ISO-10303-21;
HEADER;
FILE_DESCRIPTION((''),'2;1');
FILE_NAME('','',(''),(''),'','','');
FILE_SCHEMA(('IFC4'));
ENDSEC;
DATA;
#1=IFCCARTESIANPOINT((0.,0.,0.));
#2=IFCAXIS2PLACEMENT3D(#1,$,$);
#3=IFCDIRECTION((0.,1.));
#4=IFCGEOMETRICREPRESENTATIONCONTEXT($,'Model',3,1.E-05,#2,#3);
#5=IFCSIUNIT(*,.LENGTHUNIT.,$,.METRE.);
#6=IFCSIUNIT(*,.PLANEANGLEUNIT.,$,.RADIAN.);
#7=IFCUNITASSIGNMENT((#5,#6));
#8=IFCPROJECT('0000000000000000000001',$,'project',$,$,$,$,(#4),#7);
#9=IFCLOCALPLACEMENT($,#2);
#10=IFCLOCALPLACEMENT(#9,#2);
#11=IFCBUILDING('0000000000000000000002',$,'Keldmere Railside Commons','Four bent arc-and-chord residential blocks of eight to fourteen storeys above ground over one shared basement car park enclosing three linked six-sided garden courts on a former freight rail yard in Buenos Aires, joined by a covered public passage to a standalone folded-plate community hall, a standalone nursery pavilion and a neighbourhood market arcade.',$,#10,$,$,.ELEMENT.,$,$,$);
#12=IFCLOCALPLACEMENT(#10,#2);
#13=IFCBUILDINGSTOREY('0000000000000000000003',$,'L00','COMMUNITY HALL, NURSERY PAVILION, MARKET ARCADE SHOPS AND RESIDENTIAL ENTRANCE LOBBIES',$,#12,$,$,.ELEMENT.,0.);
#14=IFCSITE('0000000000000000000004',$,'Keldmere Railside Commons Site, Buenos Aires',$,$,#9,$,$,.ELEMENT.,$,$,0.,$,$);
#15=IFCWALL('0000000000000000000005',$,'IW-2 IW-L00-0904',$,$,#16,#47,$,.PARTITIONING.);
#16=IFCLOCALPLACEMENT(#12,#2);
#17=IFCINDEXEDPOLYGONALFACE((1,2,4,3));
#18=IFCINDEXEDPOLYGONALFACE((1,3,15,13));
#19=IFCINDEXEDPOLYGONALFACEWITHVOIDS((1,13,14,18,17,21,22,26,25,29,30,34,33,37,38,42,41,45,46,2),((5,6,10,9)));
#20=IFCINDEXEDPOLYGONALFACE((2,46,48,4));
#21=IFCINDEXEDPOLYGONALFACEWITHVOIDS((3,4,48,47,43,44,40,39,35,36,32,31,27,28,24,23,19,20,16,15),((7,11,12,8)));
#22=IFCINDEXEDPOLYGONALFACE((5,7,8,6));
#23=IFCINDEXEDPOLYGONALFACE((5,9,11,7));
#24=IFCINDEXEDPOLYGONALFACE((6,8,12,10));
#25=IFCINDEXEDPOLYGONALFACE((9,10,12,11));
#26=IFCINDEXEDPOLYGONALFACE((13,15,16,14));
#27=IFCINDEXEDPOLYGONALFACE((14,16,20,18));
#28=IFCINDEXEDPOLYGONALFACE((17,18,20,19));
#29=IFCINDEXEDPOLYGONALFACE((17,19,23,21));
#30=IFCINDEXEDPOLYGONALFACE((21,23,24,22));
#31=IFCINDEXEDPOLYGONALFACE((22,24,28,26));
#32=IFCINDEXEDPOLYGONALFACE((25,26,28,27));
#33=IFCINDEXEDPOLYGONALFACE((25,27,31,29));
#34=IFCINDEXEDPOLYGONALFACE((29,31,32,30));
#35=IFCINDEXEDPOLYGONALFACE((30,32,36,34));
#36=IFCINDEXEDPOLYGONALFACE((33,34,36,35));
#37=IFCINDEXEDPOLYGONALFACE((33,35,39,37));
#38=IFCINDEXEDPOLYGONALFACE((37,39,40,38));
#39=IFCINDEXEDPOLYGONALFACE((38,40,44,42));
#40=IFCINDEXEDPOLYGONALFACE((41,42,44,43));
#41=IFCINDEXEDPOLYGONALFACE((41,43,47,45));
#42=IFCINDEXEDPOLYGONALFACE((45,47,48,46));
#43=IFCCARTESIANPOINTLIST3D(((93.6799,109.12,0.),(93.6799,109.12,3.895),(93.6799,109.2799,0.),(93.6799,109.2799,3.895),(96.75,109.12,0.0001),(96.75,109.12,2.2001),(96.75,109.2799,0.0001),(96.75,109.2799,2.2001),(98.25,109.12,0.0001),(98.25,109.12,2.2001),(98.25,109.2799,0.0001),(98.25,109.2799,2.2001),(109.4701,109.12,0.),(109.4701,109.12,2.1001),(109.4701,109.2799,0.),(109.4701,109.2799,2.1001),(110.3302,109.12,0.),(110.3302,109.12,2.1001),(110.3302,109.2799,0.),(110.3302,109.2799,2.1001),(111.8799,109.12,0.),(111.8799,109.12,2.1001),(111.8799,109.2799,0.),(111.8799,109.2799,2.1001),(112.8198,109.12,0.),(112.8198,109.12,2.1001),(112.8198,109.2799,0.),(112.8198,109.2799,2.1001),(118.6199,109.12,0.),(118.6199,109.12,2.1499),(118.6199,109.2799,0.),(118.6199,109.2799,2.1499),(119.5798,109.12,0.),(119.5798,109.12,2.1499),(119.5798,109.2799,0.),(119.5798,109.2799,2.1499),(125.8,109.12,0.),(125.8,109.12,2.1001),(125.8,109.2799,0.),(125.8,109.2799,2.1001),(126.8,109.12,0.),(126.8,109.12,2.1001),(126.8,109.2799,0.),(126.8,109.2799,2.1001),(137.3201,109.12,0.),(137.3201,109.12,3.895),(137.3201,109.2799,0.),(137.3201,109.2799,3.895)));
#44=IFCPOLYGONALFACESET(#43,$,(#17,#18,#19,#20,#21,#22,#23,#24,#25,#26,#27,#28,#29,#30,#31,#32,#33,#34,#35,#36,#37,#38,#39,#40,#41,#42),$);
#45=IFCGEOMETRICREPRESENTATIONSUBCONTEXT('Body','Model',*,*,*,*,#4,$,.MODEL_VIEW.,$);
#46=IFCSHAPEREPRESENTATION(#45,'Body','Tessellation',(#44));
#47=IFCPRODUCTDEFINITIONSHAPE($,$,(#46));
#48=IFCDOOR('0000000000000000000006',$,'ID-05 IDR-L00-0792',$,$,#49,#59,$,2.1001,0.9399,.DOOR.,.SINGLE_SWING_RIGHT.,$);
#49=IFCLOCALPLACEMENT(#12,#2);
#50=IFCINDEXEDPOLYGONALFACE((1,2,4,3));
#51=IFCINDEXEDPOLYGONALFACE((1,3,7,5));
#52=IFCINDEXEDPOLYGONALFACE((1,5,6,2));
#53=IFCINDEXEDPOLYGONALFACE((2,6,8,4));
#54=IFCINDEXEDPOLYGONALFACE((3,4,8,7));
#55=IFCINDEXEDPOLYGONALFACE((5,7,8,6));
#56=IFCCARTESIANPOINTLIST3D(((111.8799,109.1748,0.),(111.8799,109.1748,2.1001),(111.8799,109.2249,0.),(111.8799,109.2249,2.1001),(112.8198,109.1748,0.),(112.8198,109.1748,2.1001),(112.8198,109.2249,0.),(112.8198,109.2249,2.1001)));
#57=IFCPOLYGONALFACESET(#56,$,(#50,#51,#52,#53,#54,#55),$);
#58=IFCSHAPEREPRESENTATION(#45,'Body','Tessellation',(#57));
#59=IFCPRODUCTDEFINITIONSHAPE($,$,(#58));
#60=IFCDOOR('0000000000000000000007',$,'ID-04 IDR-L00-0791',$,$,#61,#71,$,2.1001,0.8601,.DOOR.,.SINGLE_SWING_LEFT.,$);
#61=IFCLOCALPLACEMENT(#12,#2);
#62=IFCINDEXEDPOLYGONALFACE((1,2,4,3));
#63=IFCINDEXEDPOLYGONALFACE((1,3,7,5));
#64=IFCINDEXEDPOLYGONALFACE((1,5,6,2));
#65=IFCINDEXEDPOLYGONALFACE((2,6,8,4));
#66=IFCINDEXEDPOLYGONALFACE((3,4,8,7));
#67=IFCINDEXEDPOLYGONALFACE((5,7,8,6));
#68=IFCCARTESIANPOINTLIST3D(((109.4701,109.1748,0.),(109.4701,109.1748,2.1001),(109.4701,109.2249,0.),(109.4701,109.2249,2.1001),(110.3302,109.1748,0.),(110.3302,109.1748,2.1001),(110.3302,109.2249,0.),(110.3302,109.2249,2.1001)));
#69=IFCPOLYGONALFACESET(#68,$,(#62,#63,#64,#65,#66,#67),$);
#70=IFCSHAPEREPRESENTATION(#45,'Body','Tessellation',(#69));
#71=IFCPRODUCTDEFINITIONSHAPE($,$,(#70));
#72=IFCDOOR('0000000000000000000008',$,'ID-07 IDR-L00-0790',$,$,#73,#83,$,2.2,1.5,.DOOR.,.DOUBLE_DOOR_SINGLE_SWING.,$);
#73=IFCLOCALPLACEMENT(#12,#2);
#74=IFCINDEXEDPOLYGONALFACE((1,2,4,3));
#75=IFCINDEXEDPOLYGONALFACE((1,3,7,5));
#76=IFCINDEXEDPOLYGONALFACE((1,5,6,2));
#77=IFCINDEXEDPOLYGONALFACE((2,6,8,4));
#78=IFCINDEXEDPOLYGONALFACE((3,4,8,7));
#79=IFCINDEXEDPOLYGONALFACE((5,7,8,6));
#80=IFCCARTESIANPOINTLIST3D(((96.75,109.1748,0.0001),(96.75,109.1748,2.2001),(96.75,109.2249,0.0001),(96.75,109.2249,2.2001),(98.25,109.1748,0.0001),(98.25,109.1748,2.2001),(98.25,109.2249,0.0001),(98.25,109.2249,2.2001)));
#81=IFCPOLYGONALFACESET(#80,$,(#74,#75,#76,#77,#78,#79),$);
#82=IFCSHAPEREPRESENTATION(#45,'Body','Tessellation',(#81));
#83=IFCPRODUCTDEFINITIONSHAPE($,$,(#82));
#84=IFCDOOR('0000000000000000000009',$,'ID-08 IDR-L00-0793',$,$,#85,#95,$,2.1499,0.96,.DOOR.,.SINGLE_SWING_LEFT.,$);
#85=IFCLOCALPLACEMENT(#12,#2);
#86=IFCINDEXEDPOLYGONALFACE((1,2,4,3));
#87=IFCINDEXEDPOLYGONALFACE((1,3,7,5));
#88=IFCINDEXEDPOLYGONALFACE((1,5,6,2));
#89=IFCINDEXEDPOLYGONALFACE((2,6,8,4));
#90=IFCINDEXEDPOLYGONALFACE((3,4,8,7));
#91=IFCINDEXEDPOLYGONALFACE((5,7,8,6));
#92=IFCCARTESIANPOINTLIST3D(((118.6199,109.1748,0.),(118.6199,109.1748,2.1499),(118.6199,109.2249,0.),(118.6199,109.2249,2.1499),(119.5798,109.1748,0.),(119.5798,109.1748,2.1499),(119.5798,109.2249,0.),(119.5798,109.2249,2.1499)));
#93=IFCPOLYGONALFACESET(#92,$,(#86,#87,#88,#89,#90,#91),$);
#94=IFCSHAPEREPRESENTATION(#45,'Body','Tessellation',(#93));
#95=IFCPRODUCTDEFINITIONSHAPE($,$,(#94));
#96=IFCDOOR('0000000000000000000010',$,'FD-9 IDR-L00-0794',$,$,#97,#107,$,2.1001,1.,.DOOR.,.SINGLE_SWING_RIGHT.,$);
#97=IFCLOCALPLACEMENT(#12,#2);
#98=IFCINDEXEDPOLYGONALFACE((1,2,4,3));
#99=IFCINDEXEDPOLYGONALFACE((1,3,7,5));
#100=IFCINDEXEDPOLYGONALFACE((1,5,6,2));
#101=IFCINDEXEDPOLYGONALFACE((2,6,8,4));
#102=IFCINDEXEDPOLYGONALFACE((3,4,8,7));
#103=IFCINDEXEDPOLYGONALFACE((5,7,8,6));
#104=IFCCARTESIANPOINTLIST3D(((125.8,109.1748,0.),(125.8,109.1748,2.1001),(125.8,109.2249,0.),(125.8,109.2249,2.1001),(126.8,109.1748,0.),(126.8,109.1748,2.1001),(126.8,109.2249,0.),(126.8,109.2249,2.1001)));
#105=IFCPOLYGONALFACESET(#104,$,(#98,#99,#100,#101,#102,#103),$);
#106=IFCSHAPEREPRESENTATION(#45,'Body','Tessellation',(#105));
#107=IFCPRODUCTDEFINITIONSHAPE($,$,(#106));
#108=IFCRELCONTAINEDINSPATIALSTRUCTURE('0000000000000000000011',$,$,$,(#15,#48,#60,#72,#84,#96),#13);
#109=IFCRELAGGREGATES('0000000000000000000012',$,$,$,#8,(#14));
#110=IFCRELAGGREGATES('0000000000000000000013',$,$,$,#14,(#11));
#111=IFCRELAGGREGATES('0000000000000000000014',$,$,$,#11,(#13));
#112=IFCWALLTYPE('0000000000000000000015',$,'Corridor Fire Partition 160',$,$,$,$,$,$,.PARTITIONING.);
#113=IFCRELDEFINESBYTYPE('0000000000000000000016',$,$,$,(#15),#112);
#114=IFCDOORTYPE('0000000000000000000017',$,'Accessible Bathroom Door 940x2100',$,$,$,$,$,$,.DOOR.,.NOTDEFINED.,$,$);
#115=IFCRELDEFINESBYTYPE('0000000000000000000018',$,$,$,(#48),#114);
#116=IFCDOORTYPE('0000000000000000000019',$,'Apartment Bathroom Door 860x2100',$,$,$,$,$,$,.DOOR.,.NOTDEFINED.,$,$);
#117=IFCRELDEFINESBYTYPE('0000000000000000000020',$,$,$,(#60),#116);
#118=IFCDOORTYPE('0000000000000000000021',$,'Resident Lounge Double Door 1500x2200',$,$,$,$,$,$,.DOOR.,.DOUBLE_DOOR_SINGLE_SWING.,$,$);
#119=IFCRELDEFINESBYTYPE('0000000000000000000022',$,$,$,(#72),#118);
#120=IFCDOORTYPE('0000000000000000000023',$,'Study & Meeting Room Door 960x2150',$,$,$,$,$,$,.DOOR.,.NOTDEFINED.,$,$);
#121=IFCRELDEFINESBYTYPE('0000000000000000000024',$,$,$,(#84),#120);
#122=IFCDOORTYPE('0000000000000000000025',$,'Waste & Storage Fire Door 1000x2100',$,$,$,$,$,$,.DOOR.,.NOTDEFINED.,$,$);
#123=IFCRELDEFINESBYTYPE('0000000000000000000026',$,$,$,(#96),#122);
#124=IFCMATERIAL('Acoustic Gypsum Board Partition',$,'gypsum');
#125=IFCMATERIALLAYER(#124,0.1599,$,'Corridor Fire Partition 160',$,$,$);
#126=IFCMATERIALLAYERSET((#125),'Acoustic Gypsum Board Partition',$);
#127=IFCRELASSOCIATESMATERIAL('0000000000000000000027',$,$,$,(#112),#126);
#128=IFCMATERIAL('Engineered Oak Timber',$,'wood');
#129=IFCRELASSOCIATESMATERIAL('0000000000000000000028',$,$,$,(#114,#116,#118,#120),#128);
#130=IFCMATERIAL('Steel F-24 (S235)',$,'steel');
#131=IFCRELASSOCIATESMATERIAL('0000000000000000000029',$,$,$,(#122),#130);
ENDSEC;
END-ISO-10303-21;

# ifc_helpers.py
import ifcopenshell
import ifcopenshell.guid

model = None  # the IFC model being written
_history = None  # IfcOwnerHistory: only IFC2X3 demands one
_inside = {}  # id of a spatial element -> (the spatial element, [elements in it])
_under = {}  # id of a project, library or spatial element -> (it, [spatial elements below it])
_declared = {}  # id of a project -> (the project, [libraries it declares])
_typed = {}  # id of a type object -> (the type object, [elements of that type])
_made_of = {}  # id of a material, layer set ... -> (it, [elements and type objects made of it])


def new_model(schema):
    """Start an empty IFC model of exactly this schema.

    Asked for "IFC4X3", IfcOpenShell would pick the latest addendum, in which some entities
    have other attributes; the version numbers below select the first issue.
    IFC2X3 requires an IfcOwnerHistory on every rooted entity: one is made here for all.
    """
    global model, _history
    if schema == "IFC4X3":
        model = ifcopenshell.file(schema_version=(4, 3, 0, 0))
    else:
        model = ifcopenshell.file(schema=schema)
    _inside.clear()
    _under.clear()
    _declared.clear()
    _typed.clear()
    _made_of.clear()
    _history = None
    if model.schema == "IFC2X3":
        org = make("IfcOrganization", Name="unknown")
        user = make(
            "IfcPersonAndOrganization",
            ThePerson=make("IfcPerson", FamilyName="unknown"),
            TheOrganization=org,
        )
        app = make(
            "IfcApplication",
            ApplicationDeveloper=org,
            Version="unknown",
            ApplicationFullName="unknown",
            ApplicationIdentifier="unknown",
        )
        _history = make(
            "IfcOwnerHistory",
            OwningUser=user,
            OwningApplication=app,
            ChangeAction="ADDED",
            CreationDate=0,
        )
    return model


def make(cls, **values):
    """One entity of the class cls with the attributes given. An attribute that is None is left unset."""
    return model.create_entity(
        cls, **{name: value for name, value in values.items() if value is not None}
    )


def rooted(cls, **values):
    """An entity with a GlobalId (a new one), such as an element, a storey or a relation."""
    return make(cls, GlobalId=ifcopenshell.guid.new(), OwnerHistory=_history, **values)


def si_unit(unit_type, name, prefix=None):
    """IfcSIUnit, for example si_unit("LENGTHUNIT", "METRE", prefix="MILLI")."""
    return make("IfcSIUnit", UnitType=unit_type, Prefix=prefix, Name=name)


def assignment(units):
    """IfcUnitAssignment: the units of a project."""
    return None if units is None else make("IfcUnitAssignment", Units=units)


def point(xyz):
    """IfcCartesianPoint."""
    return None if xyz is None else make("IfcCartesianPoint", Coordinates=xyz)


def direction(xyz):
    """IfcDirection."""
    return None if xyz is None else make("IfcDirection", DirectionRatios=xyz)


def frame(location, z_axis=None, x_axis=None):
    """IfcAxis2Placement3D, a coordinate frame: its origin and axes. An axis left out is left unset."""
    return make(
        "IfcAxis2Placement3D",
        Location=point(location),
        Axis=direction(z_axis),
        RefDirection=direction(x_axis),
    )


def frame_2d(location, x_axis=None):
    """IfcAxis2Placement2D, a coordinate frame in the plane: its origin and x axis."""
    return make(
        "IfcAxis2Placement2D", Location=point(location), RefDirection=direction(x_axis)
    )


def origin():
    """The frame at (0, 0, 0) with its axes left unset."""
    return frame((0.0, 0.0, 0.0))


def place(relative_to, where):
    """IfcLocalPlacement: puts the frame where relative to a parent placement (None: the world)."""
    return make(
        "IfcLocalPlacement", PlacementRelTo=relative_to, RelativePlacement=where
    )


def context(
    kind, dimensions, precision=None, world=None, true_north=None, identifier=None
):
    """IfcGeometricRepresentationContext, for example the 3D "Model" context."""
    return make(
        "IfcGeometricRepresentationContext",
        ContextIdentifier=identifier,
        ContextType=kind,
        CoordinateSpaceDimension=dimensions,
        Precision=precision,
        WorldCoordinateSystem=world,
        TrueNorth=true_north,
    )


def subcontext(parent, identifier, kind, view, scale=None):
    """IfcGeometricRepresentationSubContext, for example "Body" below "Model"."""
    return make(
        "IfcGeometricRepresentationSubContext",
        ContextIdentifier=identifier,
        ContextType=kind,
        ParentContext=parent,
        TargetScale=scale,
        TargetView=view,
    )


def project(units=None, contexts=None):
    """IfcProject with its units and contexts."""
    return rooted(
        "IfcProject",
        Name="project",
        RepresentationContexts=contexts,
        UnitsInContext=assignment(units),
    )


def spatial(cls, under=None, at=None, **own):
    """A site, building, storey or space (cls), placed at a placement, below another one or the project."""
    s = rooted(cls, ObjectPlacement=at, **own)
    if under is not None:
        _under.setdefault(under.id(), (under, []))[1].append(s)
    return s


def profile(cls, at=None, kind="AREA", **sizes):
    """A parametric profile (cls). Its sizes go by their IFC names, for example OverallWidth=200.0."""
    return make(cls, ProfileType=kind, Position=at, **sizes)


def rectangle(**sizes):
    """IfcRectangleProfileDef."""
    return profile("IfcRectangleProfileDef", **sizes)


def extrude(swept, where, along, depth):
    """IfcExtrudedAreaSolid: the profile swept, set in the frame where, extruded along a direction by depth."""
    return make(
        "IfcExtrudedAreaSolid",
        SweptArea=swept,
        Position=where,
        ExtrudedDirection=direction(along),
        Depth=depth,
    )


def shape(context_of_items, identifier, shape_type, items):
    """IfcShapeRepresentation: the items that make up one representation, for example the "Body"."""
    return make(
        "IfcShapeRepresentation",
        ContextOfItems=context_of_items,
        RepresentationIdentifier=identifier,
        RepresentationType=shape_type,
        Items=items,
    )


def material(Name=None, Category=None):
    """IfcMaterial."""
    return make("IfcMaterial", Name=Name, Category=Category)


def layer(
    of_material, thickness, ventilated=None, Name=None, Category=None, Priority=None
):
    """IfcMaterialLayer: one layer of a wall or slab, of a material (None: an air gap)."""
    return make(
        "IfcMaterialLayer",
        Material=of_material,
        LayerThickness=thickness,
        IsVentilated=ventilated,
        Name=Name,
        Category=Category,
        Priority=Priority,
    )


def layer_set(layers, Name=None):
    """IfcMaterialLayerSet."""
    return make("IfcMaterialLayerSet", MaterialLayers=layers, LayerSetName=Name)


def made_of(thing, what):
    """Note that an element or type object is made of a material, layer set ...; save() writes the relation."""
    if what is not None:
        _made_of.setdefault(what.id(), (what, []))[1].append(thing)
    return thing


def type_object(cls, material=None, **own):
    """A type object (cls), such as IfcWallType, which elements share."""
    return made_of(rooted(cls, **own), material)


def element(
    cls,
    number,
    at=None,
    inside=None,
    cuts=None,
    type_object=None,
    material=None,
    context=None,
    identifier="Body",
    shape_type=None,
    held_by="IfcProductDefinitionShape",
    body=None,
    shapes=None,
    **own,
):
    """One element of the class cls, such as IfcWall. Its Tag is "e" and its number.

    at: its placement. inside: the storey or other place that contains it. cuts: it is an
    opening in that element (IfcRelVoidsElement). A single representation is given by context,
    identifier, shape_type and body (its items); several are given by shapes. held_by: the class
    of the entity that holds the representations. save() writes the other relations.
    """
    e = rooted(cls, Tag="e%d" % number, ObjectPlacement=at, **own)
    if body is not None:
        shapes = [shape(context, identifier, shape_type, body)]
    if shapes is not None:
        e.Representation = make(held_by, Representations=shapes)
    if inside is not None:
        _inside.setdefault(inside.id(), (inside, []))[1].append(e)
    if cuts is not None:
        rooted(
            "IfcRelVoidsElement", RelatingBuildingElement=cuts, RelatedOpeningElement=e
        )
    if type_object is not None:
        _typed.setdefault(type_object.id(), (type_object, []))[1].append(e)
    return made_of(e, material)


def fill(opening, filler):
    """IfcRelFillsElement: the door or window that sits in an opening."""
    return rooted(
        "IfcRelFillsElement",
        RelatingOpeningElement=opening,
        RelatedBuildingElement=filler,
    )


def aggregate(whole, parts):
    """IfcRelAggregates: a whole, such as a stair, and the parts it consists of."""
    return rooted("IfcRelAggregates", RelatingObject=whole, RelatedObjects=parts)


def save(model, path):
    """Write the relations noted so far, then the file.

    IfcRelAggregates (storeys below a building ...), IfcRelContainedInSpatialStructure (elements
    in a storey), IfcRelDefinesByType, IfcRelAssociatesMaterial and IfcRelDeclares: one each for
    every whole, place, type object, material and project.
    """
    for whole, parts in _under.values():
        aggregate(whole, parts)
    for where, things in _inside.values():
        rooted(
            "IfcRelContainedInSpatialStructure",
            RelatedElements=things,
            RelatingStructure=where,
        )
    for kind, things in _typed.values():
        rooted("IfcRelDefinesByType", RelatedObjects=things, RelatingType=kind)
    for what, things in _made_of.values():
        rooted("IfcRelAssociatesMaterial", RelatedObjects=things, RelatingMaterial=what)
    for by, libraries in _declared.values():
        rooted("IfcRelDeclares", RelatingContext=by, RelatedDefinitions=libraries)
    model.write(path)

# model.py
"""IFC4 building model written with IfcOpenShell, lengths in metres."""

from ifc_helpers import new_model, si_unit, direction, frame, frame_2d, origin, place, context, subcontext, project, spatial, rectangle, extrude, material, layer, layer_set, type_object, element, fill, save


model = new_model("IFC4")

# Units and contexts
model_context = context("Model", 3, precision=1e-05, world=origin(), true_north=direction((0.0, 1.0)))
body_context = subcontext(model_context, "Body", "Model", "MODEL_VIEW")
ifc_project = project(units=[si_unit("LENGTHUNIT", "METRE"), si_unit("PLANEANGLEUNIT", "RADIAN")], contexts=[model_context])

# Site, building, storey
site_placement = place(None, origin())
site = spatial("IfcSite", under=ifc_project, at=site_placement, Name="Keldmere Railside Commons Site, Buenos Aires", CompositionType="ELEMENT", RefElevation=0.0)
building_placement = place(site_placement, origin())
building = spatial("IfcBuilding", under=site, at=building_placement, Name="Keldmere Railside Commons", Description="Four bent arc-and-chord residential blocks of eight to fourteen storeys above ground over one shared basement car park enclosing three linked six-sided garden courts on a former freight rail yard in Buenos Aires, joined by a covered public passage to a standalone folded-plate community hall, a standalone nursery pavilion and a neighbourhood market arcade.", CompositionType="ELEMENT")
storey_placement = place(building_placement, origin())
storey = spatial("IfcBuildingStorey", under=building, at=storey_placement, Name="L00", Description="COMMUNITY HALL, NURSERY PAVILION, MARKET ARCADE SHOPS AND RESIDENTIAL ENTRANCE LOBBIES", CompositionType="ELEMENT", Elevation=0.0)

# Shared definitions
ifc_material_1 = material(Name="Acoustic Gypsum Board Partition", Category="gypsum")
ifc_layer_1 = layer(ifc_material_1, 0.1599, Name="Corridor Fire Partition 160")
ifc_layer_set_1 = layer_set([ifc_layer_1], Name="Acoustic Gypsum Board Partition")
wall_type_1 = type_object("IfcWallType", Name="Corridor Fire Partition 160", PredefinedType="PARTITIONING", material=ifc_layer_set_1)

# Wall, openings, doors
wall_1_placement = place(storey_placement, frame((93.6799, 109.2, 0.0), z_axis=(0.0, 0.0, 1.0), x_axis=(1.0, 0.0, 0.0)))
wall_1 = element("IfcWall", 1, at=wall_1_placement, inside=storey, type_object=wall_type_1, Name="IW-2 IW-L00-0904", PredefinedType="PARTITIONING", context=body_context, shape_type="SweptSolid", body=[
    extrude(rectangle(XDim=43.6401, YDim=0.1599, at=frame_2d((21.8201, 0.0))), origin(), (0.0, 0.0, 1.0), 3.895),
])
opening_1_placement = place(wall_1_placement, frame((3.0701, 0.0, 0.0)))
opening_1 = element("IfcOpeningElement", 2, at=opening_1_placement, cuts=wall_1, PredefinedType="OPENING", context=body_context, shape_type="SweptSolid", body=[
    extrude(rectangle(XDim=1.5, YDim=2.2, at=frame_2d((0.75, 1.1001))), frame((0.0, 0.0898, 0.0), z_axis=(0.0, -1.0, 0.0), x_axis=(1.0, 0.0, 0.0)), (0.0, 0.0, 1.0), 0.1799),
])
opening_2_placement = place(wall_1_placement, frame((15.79, 0.0, 0.0)))
opening_2 = element("IfcOpeningElement", 3, at=opening_2_placement, cuts=wall_1, PredefinedType="OPENING", context=body_context, shape_type="SweptSolid", body=[
    extrude(rectangle(XDim=0.8601, YDim=2.1001, at=frame_2d((0.4302, 1.05))), frame((0.0, 0.0898, 0.0), z_axis=(0.0, -1.0, 0.0), x_axis=(1.0, 0.0, 0.0)), (0.0, 0.0, 1.0), 0.1799),
])
opening_3_placement = place(wall_1_placement, frame((18.2, 0.0, 0.0)))
opening_3 = element("IfcOpeningElement", 4, at=opening_3_placement, cuts=wall_1, PredefinedType="OPENING", context=body_context, shape_type="SweptSolid", body=[
    extrude(rectangle(XDim=0.9399, YDim=2.1001, at=frame_2d((0.47, 1.05))), frame((0.0, 0.0898, 0.0), z_axis=(0.0, -1.0, 0.0), x_axis=(1.0, 0.0, 0.0)), (0.0, 0.0, 1.0), 0.1799),
])
opening_4_placement = place(wall_1_placement, frame((24.9399, 0.0, 0.0)))
opening_4 = element("IfcOpeningElement", 5, at=opening_4_placement, cuts=wall_1, PredefinedType="OPENING", context=body_context, shape_type="SweptSolid", body=[
    extrude(rectangle(XDim=0.96, YDim=2.1499, at=frame_2d((0.48, 1.075))), frame((0.0, 0.0898, 0.0), z_axis=(0.0, -1.0, 0.0), x_axis=(1.0, 0.0, 0.0)), (0.0, 0.0, 1.0), 0.1799),
])
opening_5_placement = place(wall_1_placement, frame((32.1201, 0.0, 0.0)))
opening_5 = element("IfcOpeningElement", 6, at=opening_5_placement, cuts=wall_1, PredefinedType="OPENING", context=body_context, shape_type="SweptSolid", body=[
    extrude(rectangle(XDim=1.0, YDim=2.1001, at=frame_2d((0.5, 1.05))), frame((0.0, 0.0898, 0.0), z_axis=(0.0, -1.0, 0.0), x_axis=(1.0, 0.0, 0.0)), (0.0, 0.0, 1.0), 0.1799),
])
ifc_material_2 = material(Name="Engineered Oak Timber", Category="wood")
door_type_1 = type_object("IfcDoorType", Name="Accessible Bathroom Door 940x2100", OperationType="NOTDEFINED", PredefinedType="DOOR", material=ifc_material_2)
door_1_placement = place(opening_3_placement, origin())
door_1 = element("IfcDoor", 7, at=door_1_placement, inside=storey, type_object=door_type_1, Name="ID-05 IDR-L00-0792", OperationType="SINGLE_SWING_RIGHT", OverallHeight=2.1001, OverallWidth=0.9399, PredefinedType="DOOR", context=body_context, shape_type="SweptSolid", body=[
    extrude(rectangle(XDim=0.9399, YDim=2.1001, at=frame_2d((0.47, 1.05))), frame((0.0, 0.0249, 0.0), z_axis=(0.0, -1.0, 0.0), x_axis=(1.0, 0.0, 0.0)), (0.0, 0.0, 1.0), 0.05),
])
fill(opening_3, door_1)
door_type_2 = type_object("IfcDoorType", Name="Apartment Bathroom Door 860x2100", OperationType="NOTDEFINED", PredefinedType="DOOR", material=ifc_material_2)
door_2_placement = place(opening_2_placement, origin())
door_2 = element("IfcDoor", 8, at=door_2_placement, inside=storey, type_object=door_type_2, Name="ID-04 IDR-L00-0791", OperationType="SINGLE_SWING_LEFT", OverallHeight=2.1001, OverallWidth=0.8601, PredefinedType="DOOR", context=body_context, shape_type="SweptSolid", body=[
    extrude(rectangle(XDim=0.8601, YDim=2.1001, at=frame_2d((0.4302, 1.05))), frame((0.0, 0.0249, 0.0), z_axis=(0.0, -1.0, 0.0), x_axis=(1.0, 0.0, 0.0)), (0.0, 0.0, 1.0), 0.05),
])
fill(opening_2, door_2)
door_type_3 = type_object("IfcDoorType", Name="Resident Lounge Double Door 1500x2200", OperationType="DOUBLE_DOOR_SINGLE_SWING", PredefinedType="DOOR", material=ifc_material_2)
door_3_placement = place(opening_1_placement, origin())
door_3 = element("IfcDoor", 9, at=door_3_placement, inside=storey, type_object=door_type_3, Name="ID-07 IDR-L00-0790", OperationType="DOUBLE_DOOR_SINGLE_SWING", OverallHeight=2.2, OverallWidth=1.5, PredefinedType="DOOR", context=body_context, shape_type="SweptSolid", body=[
    extrude(rectangle(XDim=1.5, YDim=2.2, at=frame_2d((0.75, 1.1001))), frame((0.0, 0.0249, 0.0), z_axis=(0.0, -1.0, 0.0), x_axis=(1.0, 0.0, 0.0)), (0.0, 0.0, 1.0), 0.05),
])
fill(opening_1, door_3)
door_type_4 = type_object("IfcDoorType", Name="Study & Meeting Room Door 960x2150", OperationType="NOTDEFINED", PredefinedType="DOOR", material=ifc_material_2)
door_4_placement = place(opening_4_placement, origin())
door_4 = element("IfcDoor", 10, at=door_4_placement, inside=storey, type_object=door_type_4, Name="ID-08 IDR-L00-0793", OperationType="SINGLE_SWING_LEFT", OverallHeight=2.1499, OverallWidth=0.96, PredefinedType="DOOR", context=body_context, shape_type="SweptSolid", body=[
    extrude(rectangle(XDim=0.96, YDim=2.1499, at=frame_2d((0.48, 1.075))), frame((0.0, 0.0249, 0.0), z_axis=(0.0, -1.0, 0.0), x_axis=(1.0, 0.0, 0.0)), (0.0, 0.0, 1.0), 0.05),
])
fill(opening_4, door_4)
ifc_material_3 = material(Name="Steel F-24 (S235)", Category="steel")
door_type_5 = type_object("IfcDoorType", Name="Waste & Storage Fire Door 1000x2100", OperationType="NOTDEFINED", PredefinedType="DOOR", material=ifc_material_3)
door_5_placement = place(opening_5_placement, origin())
door_5 = element("IfcDoor", 11, at=door_5_placement, inside=storey, type_object=door_type_5, Name="FD-9 IDR-L00-0794", OperationType="SINGLE_SWING_RIGHT", OverallHeight=2.1001, OverallWidth=1.0, PredefinedType="DOOR", context=body_context, shape_type="SweptSolid", body=[
    extrude(rectangle(XDim=1.0, YDim=2.1001, at=frame_2d((0.5, 1.05))), frame((0.0, 0.0249, 0.0), z_axis=(0.0, -1.0, 0.0), x_axis=(1.0, 0.0, 0.0)), (0.0, 0.0, 1.0), 0.05),
])
fill(opening_5, door_5)

save(model, "model.ifc")
